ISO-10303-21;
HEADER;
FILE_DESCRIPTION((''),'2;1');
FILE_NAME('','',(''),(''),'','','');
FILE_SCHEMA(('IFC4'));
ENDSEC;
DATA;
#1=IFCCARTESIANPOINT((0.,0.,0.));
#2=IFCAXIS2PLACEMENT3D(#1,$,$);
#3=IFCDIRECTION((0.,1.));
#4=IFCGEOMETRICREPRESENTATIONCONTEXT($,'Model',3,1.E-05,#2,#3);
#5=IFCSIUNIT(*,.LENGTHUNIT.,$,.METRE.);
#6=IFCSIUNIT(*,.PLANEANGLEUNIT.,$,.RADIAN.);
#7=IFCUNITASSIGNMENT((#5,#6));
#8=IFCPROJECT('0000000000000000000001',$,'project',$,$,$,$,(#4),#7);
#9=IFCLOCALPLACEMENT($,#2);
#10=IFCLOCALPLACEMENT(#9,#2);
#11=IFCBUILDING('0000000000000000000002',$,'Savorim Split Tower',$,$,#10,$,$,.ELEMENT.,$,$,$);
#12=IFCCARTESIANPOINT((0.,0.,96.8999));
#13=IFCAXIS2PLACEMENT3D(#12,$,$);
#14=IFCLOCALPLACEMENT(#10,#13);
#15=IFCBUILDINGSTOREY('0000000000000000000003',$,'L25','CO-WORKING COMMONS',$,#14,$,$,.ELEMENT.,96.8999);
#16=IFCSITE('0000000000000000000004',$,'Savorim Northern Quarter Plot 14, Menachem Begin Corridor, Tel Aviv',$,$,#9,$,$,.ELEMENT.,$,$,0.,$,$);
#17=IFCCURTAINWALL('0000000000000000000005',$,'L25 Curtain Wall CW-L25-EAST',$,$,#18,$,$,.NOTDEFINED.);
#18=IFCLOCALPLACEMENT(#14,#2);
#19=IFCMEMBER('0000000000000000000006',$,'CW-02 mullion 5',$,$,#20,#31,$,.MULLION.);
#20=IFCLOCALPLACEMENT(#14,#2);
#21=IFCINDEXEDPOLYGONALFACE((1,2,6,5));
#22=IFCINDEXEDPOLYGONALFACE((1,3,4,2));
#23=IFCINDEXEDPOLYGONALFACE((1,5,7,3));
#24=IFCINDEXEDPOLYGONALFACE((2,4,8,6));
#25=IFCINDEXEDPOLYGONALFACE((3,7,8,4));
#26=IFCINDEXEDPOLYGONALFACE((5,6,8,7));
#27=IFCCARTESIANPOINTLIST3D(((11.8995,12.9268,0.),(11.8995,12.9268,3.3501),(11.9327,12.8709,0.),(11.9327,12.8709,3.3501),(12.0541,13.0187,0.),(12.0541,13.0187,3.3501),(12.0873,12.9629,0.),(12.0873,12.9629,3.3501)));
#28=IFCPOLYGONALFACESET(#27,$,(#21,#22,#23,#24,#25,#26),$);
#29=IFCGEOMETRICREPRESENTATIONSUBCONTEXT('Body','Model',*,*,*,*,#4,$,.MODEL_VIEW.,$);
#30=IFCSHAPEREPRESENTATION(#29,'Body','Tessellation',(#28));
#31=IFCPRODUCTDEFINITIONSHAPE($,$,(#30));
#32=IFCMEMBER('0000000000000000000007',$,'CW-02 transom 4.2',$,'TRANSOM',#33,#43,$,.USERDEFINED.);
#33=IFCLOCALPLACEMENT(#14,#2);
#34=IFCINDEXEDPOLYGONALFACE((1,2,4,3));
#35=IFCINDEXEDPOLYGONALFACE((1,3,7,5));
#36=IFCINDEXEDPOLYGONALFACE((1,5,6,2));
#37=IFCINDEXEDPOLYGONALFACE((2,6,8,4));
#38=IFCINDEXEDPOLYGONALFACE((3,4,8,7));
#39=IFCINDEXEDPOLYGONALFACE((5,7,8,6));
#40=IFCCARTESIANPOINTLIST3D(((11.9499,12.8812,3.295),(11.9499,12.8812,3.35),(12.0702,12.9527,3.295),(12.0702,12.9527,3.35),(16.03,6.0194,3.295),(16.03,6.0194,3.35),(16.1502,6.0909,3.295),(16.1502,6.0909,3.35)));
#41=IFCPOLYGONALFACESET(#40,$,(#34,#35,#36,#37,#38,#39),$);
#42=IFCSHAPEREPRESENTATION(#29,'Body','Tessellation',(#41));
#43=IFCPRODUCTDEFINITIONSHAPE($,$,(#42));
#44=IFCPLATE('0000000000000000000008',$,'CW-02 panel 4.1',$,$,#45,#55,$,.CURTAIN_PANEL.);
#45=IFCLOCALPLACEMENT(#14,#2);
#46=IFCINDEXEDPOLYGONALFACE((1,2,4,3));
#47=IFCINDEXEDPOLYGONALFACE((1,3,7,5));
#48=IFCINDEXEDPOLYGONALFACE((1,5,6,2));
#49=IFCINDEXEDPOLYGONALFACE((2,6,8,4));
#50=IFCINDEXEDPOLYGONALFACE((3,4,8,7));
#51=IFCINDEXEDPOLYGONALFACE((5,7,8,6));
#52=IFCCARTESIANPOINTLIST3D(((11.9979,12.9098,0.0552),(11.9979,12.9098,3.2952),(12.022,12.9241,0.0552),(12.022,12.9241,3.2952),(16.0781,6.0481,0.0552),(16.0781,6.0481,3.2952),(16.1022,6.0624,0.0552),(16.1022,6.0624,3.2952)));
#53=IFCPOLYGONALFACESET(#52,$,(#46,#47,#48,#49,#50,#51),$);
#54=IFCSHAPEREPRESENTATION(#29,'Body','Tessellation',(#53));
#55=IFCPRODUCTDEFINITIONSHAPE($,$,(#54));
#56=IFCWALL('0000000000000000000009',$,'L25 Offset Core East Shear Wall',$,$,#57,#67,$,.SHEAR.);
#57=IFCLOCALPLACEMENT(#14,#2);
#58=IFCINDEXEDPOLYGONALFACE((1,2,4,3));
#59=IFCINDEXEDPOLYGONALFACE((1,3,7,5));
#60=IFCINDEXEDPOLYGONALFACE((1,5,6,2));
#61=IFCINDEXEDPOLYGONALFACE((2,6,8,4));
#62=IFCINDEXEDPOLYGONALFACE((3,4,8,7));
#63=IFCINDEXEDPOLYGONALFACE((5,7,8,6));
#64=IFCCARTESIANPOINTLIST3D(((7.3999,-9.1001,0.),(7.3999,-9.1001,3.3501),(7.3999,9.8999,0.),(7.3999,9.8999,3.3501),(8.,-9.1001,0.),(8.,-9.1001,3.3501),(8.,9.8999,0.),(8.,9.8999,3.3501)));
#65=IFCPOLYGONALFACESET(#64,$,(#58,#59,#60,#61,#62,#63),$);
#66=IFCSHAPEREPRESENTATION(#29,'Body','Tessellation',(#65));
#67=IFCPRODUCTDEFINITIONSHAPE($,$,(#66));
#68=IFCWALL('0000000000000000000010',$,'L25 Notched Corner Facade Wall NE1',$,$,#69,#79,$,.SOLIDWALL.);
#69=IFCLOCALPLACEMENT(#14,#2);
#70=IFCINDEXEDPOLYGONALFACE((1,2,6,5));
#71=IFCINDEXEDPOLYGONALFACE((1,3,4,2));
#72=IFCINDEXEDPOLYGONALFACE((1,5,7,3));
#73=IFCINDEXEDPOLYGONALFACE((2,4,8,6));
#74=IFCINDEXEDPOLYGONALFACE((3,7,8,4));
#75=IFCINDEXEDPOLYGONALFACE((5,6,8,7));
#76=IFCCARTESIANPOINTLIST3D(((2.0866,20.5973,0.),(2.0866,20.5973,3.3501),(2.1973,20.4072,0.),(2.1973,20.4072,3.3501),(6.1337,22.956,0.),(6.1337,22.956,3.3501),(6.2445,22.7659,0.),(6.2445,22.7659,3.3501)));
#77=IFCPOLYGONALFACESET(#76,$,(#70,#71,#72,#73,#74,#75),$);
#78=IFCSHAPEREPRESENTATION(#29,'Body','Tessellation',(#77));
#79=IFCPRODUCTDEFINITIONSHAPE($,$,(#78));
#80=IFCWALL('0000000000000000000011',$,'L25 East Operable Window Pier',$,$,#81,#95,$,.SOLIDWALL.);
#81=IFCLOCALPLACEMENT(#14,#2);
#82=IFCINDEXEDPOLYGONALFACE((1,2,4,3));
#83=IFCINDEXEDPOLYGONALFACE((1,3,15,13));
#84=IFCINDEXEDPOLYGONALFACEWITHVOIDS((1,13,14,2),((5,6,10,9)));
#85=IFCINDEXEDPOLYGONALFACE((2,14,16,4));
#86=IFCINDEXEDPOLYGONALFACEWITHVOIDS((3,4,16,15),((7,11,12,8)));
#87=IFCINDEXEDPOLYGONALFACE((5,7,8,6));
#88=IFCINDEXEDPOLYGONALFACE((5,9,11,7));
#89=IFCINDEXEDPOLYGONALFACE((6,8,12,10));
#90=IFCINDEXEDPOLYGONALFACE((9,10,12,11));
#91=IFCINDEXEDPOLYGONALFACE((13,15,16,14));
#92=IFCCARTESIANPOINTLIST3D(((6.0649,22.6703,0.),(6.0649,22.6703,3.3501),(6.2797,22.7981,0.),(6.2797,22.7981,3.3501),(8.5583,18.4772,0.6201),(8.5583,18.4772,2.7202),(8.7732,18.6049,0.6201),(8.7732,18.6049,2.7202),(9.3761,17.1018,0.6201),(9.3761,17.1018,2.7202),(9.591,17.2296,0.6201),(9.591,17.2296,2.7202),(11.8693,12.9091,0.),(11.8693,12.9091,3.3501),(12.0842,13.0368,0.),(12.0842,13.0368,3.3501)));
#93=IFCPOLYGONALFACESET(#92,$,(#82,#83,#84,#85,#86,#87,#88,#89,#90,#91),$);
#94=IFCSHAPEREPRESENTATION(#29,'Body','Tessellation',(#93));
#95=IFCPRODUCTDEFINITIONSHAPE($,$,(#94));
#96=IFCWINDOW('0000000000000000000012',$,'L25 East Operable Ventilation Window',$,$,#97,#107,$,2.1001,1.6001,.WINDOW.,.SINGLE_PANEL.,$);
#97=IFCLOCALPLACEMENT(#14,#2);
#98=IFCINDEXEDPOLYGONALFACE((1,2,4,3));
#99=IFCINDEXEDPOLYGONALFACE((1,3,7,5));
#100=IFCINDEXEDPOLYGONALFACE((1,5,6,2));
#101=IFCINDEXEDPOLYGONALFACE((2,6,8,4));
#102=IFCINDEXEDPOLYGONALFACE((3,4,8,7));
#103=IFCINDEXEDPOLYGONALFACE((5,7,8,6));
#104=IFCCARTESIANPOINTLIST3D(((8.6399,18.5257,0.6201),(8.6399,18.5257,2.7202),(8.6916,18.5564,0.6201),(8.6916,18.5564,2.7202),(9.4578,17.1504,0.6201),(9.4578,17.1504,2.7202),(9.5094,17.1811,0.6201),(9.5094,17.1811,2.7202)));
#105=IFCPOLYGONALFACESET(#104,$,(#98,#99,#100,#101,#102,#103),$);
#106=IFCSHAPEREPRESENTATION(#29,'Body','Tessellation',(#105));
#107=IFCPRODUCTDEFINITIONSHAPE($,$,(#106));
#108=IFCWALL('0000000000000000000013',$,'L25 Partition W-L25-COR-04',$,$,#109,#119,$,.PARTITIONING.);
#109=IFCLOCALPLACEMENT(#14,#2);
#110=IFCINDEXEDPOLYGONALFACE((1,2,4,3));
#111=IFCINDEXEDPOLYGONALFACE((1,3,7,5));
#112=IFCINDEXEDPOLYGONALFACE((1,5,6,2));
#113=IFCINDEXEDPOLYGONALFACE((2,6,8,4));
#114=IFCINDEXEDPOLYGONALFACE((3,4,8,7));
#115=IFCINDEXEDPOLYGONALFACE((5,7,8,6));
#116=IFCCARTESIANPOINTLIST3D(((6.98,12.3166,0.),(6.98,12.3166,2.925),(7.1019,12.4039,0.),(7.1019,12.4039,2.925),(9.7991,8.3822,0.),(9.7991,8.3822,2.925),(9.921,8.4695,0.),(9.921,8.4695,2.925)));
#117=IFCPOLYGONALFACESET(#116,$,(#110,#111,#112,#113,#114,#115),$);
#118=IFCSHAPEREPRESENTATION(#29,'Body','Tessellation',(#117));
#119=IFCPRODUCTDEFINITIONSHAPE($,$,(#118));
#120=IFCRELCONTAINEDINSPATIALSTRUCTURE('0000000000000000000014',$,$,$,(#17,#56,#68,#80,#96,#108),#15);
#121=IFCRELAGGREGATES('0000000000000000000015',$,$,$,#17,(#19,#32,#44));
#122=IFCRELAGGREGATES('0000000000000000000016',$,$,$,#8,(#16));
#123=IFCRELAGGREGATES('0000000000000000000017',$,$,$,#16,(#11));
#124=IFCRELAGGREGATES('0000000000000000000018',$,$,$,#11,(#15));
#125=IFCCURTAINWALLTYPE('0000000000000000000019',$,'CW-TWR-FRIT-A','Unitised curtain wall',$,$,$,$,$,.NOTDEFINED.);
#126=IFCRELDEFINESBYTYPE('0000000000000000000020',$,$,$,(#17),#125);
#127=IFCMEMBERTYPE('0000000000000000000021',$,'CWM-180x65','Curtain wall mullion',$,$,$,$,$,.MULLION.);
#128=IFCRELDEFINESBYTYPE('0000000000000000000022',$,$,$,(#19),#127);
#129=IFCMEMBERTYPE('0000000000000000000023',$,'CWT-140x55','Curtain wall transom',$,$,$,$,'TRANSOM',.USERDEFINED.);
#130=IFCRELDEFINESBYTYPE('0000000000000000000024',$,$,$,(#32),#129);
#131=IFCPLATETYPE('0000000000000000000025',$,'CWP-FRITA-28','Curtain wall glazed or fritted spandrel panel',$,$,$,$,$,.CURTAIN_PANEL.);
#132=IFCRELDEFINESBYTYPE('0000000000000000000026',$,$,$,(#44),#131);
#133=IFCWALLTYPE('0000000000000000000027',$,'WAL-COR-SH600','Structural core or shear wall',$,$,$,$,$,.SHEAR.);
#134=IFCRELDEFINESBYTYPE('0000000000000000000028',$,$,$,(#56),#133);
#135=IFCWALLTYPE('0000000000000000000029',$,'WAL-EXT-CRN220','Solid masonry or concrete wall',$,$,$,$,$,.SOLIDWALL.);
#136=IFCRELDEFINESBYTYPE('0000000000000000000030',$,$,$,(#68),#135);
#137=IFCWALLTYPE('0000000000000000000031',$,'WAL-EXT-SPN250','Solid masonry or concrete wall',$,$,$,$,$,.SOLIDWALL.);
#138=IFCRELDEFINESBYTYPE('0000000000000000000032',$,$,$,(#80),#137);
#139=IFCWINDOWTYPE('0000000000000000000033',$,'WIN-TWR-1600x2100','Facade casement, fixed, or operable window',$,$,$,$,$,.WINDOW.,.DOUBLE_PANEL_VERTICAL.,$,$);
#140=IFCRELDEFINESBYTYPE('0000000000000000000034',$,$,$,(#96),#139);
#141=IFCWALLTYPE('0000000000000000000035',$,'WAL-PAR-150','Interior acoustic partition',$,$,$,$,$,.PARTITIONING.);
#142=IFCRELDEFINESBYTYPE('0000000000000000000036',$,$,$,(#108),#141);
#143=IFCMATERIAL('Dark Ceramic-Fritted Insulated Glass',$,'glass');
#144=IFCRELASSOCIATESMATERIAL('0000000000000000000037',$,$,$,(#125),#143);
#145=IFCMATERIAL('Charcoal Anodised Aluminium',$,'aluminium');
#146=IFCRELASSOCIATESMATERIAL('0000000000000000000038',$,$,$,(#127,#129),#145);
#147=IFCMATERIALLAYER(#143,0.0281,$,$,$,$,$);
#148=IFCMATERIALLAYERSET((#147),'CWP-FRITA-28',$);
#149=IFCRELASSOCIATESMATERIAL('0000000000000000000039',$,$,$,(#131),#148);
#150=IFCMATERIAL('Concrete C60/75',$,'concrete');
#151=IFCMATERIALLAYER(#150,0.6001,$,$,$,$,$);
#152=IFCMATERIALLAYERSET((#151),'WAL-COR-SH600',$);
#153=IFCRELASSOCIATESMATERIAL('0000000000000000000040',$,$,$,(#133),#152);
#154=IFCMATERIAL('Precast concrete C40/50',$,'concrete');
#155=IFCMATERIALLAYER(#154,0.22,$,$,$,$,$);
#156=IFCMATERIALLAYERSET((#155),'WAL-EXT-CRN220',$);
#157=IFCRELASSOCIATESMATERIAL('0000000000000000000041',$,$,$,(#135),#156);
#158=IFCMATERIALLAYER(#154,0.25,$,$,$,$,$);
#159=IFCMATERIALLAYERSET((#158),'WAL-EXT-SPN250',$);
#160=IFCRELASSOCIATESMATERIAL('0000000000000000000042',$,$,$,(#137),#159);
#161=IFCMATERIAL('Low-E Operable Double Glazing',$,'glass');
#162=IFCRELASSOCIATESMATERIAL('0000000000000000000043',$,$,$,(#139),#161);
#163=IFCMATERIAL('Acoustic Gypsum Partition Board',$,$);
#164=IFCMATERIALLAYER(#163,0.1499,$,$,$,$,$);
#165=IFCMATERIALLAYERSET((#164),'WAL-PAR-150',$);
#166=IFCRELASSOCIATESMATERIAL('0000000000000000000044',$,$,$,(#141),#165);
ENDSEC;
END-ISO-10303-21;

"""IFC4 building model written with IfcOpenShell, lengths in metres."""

from ifc_helpers import new_model, si_unit, direction, frame, frame_2d, origin, origin_2d, place, context, subcontext, project, spatial, rectangle, extrude, material, layer, layer_set, material_profile, profile_set, type_object, element, fill, aggregate, save


model = new_model("IFC4")

# Units and contexts
model_context = context("Model", 3, precision=1e-05, world=origin(), true_north=direction((0.0, 1.0)))
body_context = subcontext(model_context, "Body", "Model", "MODEL_VIEW")
ifc_project = project(units=[si_unit("LENGTHUNIT", "METRE"), si_unit("PLANEANGLEUNIT", "RADIAN")], contexts=[model_context])

# Site, building, storey
site_placement = place(None, origin())
site = spatial("IfcSite", under=ifc_project, at=site_placement, Name="Savorim Northern Quarter Plot 14, Menachem Begin Corridor, Tel Aviv", CompositionType="ELEMENT", RefElevation=0.0)
building_placement = place(site_placement, origin())
building = spatial("IfcBuilding", under=site, at=building_placement, Name="Savorim Split Tower", CompositionType="ELEMENT")
storey_placement = place(building_placement, frame((0.0, 0.0, 96.8999)))
storey = spatial("IfcBuildingStorey", under=building, at=storey_placement, Name="L25", Description="CO-WORKING COMMONS", CompositionType="ELEMENT", Elevation=96.8999)

# Curtain wall, members, plate
ifc_material_1 = material(Name="Dark Ceramic-Fritted Insulated Glass", Category="glass")
curtain_wall_type = type_object("IfcCurtainWallType", Name="CW-TWR-FRIT-A", Description="Unitised curtain wall", PredefinedType="NOTDEFINED", material=ifc_material_1)
curtain_wall_placement = place(storey_placement, origin())
curtain_wall = element("IfcCurtainWall", 1, at=curtain_wall_placement, inside=storey, type_object=curtain_wall_type, Name="L25 Curtain Wall CW-L25-EAST", PredefinedType="NOTDEFINED")
ifc_material_2 = material(Name="Charcoal Anodised Aluminium", Category="aluminium")
ifc_material_profile_1 = material_profile(ifc_material_2, rectangle(XDim=0.1799, YDim=0.0649, at=origin_2d()), Name="ALU-M 180x65")
ifc_profile_set_1 = profile_set([ifc_material_profile_1], Name="Charcoal Anodised Aluminium")
member_type_1 = type_object("IfcMemberType", Name="CWM-180x65", Description="Curtain wall mullion", PredefinedType="MULLION", material=ifc_profile_set_1)
member_1_placement = place(storey_placement, frame((11.9934, 12.9448, 0.0), z_axis=(0.0, 0.0, 1.0), x_axis=(-0.859525, -0.511094, 0.0)))
member_1 = element("IfcMember", 2, at=member_1_placement, type_object=member_type_1, Name="CW-02 mullion 5", PredefinedType="MULLION", context=body_context, shape_type="SweptSolid", body=[
    extrude(rectangle(XDim=0.1799, YDim=0.0649, at=origin_2d()), origin(), (0.0, 0.0, 1.0), 3.3501),
])
ifc_material_profile_2 = material_profile(ifc_material_2, rectangle(XDim=0.1399, YDim=0.0549, at=origin_2d()), Name="ALU-T 140x55")
ifc_profile_set_2 = profile_set([ifc_material_profile_2], Name="Charcoal Anodised Aluminium")
member_type_2 = type_object("IfcMemberType", Name="CWT-140x55", Description="Curtain wall transom", ElementType="TRANSOM", PredefinedType="USERDEFINED", material=ifc_profile_set_2)
member_2_placement = place(storey_placement, frame((16.0901, 6.0552, 3.3225), z_axis=(-0.511083, 0.859532, 0.0), x_axis=(-0.859532, -0.511083, 0.0)))
member_2 = element("IfcMember", 3, at=member_2_placement, type_object=member_type_2, Name="CW-02 transom 4.2", ObjectType="TRANSOM", PredefinedType="USERDEFINED", context=body_context, shape_type="SweptSolid", body=[
    extrude(rectangle(XDim=0.1399, YDim=0.0549, at=origin_2d()), origin(), (0.0, 0.0, 1.0), 7.9832),
])
ifc_layer_1 = layer(ifc_material_1, 0.0281)
ifc_layer_set_1 = layer_set([ifc_layer_1], Name="CWP-FRITA-28")
plate_type = type_object("IfcPlateType", Name="CWP-FRITA-28", Description="Curtain wall glazed or fritted spandrel panel", PredefinedType="CURTAIN_PANEL", material=ifc_layer_set_1)
plate_placement = place(storey_placement, frame((14.05, 9.4861, 0.0552), z_axis=(0.0, 0.0, 1.0), x_axis=(-0.511094, 0.859525, 0.0)))
plate = element("IfcPlate", 4, at=plate_placement, type_object=plate_type, Name="CW-02 panel 4.1", PredefinedType="CURTAIN_PANEL", context=body_context, shape_type="SweptSolid", body=[
    extrude(rectangle(XDim=7.9832, YDim=0.0281, at=origin_2d()), origin(), (0.0, 0.0, 1.0), 3.24),
])
aggregate(curtain_wall, [member_1, member_2, plate])

# Shared definitions
ifc_material_3 = material(Name="Concrete C60/75", Category="concrete")
ifc_layer_2 = layer(ifc_material_3, 0.6001)
ifc_layer_set_2 = layer_set([ifc_layer_2], Name="WAL-COR-SH600")
wall_type_1 = type_object("IfcWallType", Name="WAL-COR-SH600", Description="Structural core or shear wall", PredefinedType="SHEAR", material=ifc_layer_set_2)

# Walls
wall_1_placement = place(storey_placement, frame((7.7, 9.8999, 0.0), z_axis=(0.0, 0.0, 1.0), x_axis=(0.0, -1.0, 0.0)))
element("IfcWall", 5, at=wall_1_placement, inside=storey, type_object=wall_type_1, Name="L25 Offset Core East Shear Wall", PredefinedType="SHEAR", context=body_context, shape_type="SweptSolid", body=[
    extrude(rectangle(XDim=19.0, YDim=0.6001, at=frame_2d((9.5, 0.0))), origin(), (0.0, 0.0, 1.0), 3.3501),
])
ifc_material_4 = material(Name="Precast concrete C40/50", Category="concrete")
ifc_layer_3 = layer(ifc_material_4, 0.22)
ifc_layer_set_3 = layer_set([ifc_layer_3], Name="WAL-EXT-CRN220")
wall_type_2 = type_object("IfcWallType", Name="WAL-EXT-CRN220", Description="Solid masonry or concrete wall", PredefinedType="SOLIDWALL", material=ifc_layer_set_3)
wall_2_placement = place(storey_placement, frame((2.1418, 20.5022, 0.0), z_axis=(0.0, 0.0, 1.0), x_axis=(0.863981, 0.503524, 0.0)))
element("IfcWall", 6, at=wall_2_placement, inside=storey, type_object=wall_type_2, Name="L25 Notched Corner Facade Wall NE1", PredefinedType="SOLIDWALL", context=body_context, shape_type="SweptSolid", body=[
    extrude(rectangle(XDim=4.6843, YDim=0.22, at=frame_2d((2.3423, 0.0))), origin(), (0.0, 0.0, 1.0), 3.3501),
])

# Wall, opening, window
ifc_layer_4 = layer(ifc_material_4, 0.25)
ifc_layer_set_4 = layer_set([ifc_layer_4], Name="WAL-EXT-SPN250")
wall_type_3 = type_object("IfcWallType", Name="WAL-EXT-SPN250", Description="Solid masonry or concrete wall", PredefinedType="SOLIDWALL", material=ifc_layer_set_4)
wall_3_placement = place(storey_placement, frame((6.1724, 22.7341, 0.0), z_axis=(0.0, 0.0, 1.0), x_axis=(0.511106, -0.859518, 0.0)))
wall_3 = element("IfcWall", 7, at=wall_3_placement, inside=storey, type_object=wall_type_3, Name="L25 East Operable Window Pier", PredefinedType="SOLIDWALL", context=body_context, shape_type="SweptSolid", body=[
    extrude(rectangle(XDim=11.3567, YDim=0.25, at=frame_2d((5.6782, 0.0))), origin(), (0.0, 0.0, 1.0), 3.3501),
])
opening_1_placement = place(wall_3_placement, frame((4.8784, 0.0, 0.6201)))
opening_1 = element("IfcOpeningElement", 8, at=opening_1_placement, cuts=wall_3, PredefinedType="OPENING", context=body_context, shape_type="SweptSolid", body=[
    extrude(rectangle(XDim=1.6001, YDim=2.1001, at=frame_2d((0.8, 1.05))), frame((0.0, 0.135, 0.0), z_axis=(0.0, -1.0, 0.0), x_axis=(1.0, 0.0, 0.0)), (0.0, 0.0, 1.0), 0.27),
])
ifc_material_5 = material(Name="Low-E Operable Double Glazing", Category="glass")
window_type = type_object("IfcWindowType", Name="WIN-TWR-1600x2100", Description="Facade casement, fixed, or operable window", PartitioningType="DOUBLE_PANEL_VERTICAL", PredefinedType="WINDOW", material=ifc_material_5)
window_placement = place(opening_1_placement, origin())
window = element("IfcWindow", 9, at=window_placement, inside=storey, type_object=window_type, Name="L25 East Operable Ventilation Window", OverallHeight=2.1001, OverallWidth=1.6001, PartitioningType="SINGLE_PANEL", PredefinedType="WINDOW", context=body_context, shape_type="SweptSolid", body=[
    extrude(rectangle(XDim=1.6001, YDim=2.1001, at=frame_2d((0.8, 1.05))), frame((0.0, 0.03, 0.0), z_axis=(0.0, -1.0, 0.0), x_axis=(1.0, 0.0, 0.0)), (0.0, 0.0, 1.0), 0.0601),
])
fill(opening_1, window)

# Wall
ifc_material_6 = material(Name="Acoustic Gypsum Partition Board")
ifc_layer_5 = layer(ifc_material_6, 0.1499)
ifc_layer_set_5 = layer_set([ifc_layer_5], Name="WAL-PAR-150")
wall_type_4 = type_object("IfcWallType", Name="WAL-PAR-150", Description="Interior acoustic partition", PredefinedType="PARTITIONING", material=ifc_layer_set_5)
wall_4_placement = place(storey_placement, frame((7.041, 12.3601, 0.0), z_axis=(0.0, 0.0, 1.0), x_axis=(0.58245, -0.812867, 0.0)))
element("IfcWall", 10, at=wall_4_placement, inside=storey, type_object=wall_type_4, Name="L25 Partition W-L25-COR-04", PredefinedType="PARTITIONING", context=body_context, shape_type="SweptSolid", body=[
    extrude(rectangle(XDim=4.8401, YDim=0.1499, at=frame_2d((2.4199, 0.0))), origin(), (0.0, 0.0, 1.0), 2.925),
])

save(model, "model.ifc")
